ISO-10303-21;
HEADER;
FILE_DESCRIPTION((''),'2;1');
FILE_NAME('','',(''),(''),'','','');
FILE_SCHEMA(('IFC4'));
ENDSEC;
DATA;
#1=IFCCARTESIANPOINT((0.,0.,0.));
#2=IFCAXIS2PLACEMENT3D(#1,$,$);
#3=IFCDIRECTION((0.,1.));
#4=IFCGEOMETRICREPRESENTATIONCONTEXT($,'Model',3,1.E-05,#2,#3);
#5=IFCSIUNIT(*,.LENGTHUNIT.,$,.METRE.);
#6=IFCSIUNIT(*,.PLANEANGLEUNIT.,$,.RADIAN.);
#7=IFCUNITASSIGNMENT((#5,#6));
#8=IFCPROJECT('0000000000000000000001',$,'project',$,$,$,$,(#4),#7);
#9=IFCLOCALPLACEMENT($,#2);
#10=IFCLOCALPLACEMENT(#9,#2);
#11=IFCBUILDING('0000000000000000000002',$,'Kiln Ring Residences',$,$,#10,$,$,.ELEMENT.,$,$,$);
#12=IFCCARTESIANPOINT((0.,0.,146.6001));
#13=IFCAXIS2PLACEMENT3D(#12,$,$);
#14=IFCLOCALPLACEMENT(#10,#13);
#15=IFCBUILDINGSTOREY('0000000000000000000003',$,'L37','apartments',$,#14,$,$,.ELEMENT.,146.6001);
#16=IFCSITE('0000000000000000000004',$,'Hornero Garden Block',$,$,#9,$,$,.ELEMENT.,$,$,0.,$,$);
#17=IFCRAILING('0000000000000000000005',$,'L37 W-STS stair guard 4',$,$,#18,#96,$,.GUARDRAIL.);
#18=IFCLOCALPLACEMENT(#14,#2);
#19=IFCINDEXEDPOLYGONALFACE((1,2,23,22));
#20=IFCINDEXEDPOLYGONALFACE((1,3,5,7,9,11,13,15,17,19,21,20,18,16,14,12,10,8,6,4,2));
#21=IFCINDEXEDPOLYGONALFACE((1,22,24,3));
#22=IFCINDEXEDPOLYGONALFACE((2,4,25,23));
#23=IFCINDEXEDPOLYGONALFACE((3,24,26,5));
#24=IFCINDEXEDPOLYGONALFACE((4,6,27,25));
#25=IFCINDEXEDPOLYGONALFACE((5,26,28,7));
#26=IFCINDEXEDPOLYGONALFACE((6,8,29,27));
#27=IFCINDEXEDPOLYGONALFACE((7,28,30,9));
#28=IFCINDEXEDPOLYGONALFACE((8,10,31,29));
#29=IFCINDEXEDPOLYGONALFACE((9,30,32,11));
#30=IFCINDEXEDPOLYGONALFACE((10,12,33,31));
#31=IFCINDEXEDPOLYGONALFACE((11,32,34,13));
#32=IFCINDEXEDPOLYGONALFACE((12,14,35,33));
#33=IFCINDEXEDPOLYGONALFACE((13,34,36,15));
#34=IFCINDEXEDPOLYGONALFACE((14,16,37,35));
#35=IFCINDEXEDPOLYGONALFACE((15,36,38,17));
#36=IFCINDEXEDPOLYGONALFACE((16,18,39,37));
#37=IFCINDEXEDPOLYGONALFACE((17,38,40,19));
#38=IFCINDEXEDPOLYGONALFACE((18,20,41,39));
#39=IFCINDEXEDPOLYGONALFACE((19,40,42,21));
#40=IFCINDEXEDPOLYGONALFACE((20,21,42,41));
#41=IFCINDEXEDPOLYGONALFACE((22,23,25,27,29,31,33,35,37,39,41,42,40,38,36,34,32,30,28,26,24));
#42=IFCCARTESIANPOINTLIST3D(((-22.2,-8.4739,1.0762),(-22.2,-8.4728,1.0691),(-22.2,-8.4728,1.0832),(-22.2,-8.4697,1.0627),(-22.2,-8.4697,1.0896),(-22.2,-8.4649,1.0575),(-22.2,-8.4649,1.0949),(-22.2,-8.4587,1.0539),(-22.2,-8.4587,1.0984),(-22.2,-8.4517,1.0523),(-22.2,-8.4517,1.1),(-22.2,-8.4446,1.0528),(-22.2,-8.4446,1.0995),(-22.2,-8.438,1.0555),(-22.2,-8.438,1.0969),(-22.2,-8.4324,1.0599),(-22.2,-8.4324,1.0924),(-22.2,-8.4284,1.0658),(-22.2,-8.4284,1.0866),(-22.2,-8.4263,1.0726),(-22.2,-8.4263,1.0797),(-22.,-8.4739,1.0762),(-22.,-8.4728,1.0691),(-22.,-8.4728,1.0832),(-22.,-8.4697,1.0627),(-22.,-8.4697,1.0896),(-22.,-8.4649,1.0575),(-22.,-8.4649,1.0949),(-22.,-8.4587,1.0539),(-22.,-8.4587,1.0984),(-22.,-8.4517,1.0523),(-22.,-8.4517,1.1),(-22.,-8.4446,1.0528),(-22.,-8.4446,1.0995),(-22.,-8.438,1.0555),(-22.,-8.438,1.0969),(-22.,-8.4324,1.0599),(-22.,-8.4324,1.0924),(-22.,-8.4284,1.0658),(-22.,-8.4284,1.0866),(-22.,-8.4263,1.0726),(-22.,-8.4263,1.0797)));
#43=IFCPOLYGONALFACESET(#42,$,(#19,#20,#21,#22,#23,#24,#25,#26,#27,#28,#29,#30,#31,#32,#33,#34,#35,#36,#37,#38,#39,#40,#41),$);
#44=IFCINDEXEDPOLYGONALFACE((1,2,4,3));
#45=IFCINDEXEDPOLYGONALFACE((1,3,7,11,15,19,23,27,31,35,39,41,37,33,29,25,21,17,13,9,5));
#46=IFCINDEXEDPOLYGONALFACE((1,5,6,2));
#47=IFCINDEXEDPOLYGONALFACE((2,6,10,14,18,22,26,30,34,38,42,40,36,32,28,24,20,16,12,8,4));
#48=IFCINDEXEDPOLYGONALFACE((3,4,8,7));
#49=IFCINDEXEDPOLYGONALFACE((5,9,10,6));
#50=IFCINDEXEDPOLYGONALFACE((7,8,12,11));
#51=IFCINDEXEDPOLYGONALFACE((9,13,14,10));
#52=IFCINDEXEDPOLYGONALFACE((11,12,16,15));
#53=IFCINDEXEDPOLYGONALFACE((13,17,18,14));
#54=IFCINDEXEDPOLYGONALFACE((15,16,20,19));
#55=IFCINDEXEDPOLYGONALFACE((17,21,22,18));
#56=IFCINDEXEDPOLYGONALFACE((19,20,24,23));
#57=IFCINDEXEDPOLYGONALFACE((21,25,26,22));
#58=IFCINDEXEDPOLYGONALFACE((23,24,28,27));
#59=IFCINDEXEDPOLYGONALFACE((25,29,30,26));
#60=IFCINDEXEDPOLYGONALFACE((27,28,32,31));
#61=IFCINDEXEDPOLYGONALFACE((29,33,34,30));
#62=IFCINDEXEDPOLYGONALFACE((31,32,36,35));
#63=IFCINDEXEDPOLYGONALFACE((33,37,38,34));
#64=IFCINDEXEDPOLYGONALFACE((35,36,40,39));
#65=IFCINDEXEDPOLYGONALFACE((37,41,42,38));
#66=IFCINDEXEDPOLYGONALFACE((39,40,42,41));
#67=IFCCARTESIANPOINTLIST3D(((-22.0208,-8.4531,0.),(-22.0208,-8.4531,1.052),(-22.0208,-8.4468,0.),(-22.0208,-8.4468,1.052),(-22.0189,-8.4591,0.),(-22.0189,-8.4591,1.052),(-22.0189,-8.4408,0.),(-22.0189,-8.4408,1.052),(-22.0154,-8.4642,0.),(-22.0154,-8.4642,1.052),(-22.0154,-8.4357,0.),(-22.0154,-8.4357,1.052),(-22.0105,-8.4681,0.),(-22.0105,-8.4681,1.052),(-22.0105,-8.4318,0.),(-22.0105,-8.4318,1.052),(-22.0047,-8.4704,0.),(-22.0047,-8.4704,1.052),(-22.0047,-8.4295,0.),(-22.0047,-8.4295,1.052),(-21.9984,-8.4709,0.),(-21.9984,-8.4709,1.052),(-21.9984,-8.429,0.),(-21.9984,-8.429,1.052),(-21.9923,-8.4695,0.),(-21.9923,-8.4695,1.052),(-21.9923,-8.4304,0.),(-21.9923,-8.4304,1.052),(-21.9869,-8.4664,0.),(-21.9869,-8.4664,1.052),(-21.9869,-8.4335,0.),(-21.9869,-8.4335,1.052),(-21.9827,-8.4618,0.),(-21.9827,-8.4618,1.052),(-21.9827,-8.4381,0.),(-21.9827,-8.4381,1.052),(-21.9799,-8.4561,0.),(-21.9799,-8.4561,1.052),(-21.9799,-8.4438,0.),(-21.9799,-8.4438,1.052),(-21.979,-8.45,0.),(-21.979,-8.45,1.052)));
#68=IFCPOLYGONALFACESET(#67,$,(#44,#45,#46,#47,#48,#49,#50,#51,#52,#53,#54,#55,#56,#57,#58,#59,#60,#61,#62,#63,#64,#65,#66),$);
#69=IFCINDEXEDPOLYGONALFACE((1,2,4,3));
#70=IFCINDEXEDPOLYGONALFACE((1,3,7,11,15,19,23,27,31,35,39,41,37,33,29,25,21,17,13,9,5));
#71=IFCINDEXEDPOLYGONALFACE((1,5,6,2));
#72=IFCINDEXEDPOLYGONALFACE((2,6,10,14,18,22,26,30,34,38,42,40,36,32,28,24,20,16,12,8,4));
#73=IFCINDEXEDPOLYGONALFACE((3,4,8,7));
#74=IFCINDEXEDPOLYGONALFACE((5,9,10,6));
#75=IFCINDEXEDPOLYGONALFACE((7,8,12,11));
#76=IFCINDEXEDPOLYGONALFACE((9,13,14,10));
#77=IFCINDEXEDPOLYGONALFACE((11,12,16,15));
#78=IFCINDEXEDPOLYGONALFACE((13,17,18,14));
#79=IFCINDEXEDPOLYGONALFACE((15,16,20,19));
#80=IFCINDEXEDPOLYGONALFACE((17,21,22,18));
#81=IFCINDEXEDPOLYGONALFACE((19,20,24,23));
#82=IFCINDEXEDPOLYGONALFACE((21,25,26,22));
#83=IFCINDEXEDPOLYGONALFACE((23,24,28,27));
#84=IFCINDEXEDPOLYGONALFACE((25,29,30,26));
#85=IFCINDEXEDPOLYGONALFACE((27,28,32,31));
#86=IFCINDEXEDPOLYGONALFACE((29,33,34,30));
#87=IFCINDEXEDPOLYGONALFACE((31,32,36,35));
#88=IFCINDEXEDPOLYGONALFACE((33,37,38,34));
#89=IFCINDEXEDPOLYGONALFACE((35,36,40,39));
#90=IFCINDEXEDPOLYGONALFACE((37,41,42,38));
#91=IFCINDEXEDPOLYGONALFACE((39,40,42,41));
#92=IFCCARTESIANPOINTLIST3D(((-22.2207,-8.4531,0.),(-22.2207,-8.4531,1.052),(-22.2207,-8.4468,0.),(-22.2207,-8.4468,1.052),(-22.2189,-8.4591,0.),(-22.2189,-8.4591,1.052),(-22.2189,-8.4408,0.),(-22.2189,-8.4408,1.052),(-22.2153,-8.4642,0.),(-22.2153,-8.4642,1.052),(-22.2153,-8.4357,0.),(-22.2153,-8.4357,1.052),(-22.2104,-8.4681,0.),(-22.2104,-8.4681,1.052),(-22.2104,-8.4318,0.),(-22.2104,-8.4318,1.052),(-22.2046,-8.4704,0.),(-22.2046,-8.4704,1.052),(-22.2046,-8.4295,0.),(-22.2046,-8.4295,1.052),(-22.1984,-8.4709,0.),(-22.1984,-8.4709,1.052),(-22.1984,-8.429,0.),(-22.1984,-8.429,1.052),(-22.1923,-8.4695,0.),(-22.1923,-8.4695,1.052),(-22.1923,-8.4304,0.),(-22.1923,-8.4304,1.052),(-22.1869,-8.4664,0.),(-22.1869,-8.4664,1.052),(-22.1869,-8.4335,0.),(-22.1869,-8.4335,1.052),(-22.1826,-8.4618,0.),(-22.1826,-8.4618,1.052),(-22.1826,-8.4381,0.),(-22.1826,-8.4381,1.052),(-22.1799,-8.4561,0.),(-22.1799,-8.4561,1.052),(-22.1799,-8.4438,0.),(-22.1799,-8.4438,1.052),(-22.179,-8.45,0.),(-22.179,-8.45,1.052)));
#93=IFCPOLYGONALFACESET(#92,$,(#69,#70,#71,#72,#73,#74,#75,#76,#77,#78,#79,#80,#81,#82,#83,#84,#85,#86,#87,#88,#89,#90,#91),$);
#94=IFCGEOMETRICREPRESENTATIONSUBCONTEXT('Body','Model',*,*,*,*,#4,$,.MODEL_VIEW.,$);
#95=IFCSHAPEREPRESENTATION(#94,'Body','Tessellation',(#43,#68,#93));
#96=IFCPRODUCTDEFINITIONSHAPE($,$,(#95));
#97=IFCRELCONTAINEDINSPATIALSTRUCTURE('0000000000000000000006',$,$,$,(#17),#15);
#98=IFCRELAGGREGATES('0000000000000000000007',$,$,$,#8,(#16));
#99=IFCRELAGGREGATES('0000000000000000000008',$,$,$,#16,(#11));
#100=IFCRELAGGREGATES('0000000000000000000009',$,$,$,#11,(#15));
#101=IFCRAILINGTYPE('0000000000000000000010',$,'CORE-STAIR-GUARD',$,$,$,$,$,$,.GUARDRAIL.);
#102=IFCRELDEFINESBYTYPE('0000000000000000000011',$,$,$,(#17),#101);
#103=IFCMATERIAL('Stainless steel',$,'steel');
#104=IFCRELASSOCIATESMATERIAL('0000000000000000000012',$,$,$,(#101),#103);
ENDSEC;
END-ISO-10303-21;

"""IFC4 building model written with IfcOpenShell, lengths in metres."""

from ifc_helpers import new_model, si_unit, direction, frame, origin, origin_2d, place, context, subcontext, project, spatial, circle, extrude, material, type_object, element, save


model = new_model("IFC4")

# Units and contexts
model_context = context("Model", 3, precision=1e-05, world=origin(), true_north=direction((0.0, 1.0)))
body_context = subcontext(model_context, "Body", "Model", "MODEL_VIEW")
ifc_project = project(units=[si_unit("LENGTHUNIT", "METRE"), si_unit("PLANEANGLEUNIT", "RADIAN")], contexts=[model_context])

# Site, building, storey
site_placement = place(None, origin())
site = spatial("IfcSite", under=ifc_project, at=site_placement, Name="Hornero Garden Block", CompositionType="ELEMENT", RefElevation=0.0)
building_placement = place(site_placement, origin())
building = spatial("IfcBuilding", under=site, at=building_placement, Name="Kiln Ring Residences", CompositionType="ELEMENT")
storey_placement = place(building_placement, frame((0.0, 0.0, 146.6001)))
storey = spatial("IfcBuildingStorey", under=building, at=storey_placement, Name="L37", Description="apartments", CompositionType="ELEMENT", Elevation=146.6001)

# Railing
ifc_material_1 = material(Name="Stainless steel", Category="steel")
railing_type_1 = type_object("IfcRailingType", Name="CORE-STAIR-GUARD", PredefinedType="GUARDRAIL", material=ifc_material_1)
railing_1_placement = place(storey_placement, frame((-22.0, -8.45, 0.0)))
element("IfcRailing", 1, at=railing_1_placement, inside=storey, type_object=railing_type_1, Name="L37 W-STS stair guard 4", PredefinedType="GUARDRAIL", context=body_context, shape_type="SweptSolid", body=[
    extrude(circle(Radius=0.0239, at=origin_2d()), frame((0.0, 0.0, 1.0762), z_axis=(-1.0, 0.0, 0.0), x_axis=(0.0, -1.0, 0.0)), (0.0, 0.0, 1.0), 0.2),
    extrude(circle(Radius=0.021, at=origin_2d()), origin(), (0.0, 0.0, 1.0), 1.052),
    extrude(circle(Radius=0.021, at=origin_2d()), frame((-0.2, 0.0, 0.0)), (0.0, 0.0, 1.0), 1.052),
])

save(model, "model.ifc")
